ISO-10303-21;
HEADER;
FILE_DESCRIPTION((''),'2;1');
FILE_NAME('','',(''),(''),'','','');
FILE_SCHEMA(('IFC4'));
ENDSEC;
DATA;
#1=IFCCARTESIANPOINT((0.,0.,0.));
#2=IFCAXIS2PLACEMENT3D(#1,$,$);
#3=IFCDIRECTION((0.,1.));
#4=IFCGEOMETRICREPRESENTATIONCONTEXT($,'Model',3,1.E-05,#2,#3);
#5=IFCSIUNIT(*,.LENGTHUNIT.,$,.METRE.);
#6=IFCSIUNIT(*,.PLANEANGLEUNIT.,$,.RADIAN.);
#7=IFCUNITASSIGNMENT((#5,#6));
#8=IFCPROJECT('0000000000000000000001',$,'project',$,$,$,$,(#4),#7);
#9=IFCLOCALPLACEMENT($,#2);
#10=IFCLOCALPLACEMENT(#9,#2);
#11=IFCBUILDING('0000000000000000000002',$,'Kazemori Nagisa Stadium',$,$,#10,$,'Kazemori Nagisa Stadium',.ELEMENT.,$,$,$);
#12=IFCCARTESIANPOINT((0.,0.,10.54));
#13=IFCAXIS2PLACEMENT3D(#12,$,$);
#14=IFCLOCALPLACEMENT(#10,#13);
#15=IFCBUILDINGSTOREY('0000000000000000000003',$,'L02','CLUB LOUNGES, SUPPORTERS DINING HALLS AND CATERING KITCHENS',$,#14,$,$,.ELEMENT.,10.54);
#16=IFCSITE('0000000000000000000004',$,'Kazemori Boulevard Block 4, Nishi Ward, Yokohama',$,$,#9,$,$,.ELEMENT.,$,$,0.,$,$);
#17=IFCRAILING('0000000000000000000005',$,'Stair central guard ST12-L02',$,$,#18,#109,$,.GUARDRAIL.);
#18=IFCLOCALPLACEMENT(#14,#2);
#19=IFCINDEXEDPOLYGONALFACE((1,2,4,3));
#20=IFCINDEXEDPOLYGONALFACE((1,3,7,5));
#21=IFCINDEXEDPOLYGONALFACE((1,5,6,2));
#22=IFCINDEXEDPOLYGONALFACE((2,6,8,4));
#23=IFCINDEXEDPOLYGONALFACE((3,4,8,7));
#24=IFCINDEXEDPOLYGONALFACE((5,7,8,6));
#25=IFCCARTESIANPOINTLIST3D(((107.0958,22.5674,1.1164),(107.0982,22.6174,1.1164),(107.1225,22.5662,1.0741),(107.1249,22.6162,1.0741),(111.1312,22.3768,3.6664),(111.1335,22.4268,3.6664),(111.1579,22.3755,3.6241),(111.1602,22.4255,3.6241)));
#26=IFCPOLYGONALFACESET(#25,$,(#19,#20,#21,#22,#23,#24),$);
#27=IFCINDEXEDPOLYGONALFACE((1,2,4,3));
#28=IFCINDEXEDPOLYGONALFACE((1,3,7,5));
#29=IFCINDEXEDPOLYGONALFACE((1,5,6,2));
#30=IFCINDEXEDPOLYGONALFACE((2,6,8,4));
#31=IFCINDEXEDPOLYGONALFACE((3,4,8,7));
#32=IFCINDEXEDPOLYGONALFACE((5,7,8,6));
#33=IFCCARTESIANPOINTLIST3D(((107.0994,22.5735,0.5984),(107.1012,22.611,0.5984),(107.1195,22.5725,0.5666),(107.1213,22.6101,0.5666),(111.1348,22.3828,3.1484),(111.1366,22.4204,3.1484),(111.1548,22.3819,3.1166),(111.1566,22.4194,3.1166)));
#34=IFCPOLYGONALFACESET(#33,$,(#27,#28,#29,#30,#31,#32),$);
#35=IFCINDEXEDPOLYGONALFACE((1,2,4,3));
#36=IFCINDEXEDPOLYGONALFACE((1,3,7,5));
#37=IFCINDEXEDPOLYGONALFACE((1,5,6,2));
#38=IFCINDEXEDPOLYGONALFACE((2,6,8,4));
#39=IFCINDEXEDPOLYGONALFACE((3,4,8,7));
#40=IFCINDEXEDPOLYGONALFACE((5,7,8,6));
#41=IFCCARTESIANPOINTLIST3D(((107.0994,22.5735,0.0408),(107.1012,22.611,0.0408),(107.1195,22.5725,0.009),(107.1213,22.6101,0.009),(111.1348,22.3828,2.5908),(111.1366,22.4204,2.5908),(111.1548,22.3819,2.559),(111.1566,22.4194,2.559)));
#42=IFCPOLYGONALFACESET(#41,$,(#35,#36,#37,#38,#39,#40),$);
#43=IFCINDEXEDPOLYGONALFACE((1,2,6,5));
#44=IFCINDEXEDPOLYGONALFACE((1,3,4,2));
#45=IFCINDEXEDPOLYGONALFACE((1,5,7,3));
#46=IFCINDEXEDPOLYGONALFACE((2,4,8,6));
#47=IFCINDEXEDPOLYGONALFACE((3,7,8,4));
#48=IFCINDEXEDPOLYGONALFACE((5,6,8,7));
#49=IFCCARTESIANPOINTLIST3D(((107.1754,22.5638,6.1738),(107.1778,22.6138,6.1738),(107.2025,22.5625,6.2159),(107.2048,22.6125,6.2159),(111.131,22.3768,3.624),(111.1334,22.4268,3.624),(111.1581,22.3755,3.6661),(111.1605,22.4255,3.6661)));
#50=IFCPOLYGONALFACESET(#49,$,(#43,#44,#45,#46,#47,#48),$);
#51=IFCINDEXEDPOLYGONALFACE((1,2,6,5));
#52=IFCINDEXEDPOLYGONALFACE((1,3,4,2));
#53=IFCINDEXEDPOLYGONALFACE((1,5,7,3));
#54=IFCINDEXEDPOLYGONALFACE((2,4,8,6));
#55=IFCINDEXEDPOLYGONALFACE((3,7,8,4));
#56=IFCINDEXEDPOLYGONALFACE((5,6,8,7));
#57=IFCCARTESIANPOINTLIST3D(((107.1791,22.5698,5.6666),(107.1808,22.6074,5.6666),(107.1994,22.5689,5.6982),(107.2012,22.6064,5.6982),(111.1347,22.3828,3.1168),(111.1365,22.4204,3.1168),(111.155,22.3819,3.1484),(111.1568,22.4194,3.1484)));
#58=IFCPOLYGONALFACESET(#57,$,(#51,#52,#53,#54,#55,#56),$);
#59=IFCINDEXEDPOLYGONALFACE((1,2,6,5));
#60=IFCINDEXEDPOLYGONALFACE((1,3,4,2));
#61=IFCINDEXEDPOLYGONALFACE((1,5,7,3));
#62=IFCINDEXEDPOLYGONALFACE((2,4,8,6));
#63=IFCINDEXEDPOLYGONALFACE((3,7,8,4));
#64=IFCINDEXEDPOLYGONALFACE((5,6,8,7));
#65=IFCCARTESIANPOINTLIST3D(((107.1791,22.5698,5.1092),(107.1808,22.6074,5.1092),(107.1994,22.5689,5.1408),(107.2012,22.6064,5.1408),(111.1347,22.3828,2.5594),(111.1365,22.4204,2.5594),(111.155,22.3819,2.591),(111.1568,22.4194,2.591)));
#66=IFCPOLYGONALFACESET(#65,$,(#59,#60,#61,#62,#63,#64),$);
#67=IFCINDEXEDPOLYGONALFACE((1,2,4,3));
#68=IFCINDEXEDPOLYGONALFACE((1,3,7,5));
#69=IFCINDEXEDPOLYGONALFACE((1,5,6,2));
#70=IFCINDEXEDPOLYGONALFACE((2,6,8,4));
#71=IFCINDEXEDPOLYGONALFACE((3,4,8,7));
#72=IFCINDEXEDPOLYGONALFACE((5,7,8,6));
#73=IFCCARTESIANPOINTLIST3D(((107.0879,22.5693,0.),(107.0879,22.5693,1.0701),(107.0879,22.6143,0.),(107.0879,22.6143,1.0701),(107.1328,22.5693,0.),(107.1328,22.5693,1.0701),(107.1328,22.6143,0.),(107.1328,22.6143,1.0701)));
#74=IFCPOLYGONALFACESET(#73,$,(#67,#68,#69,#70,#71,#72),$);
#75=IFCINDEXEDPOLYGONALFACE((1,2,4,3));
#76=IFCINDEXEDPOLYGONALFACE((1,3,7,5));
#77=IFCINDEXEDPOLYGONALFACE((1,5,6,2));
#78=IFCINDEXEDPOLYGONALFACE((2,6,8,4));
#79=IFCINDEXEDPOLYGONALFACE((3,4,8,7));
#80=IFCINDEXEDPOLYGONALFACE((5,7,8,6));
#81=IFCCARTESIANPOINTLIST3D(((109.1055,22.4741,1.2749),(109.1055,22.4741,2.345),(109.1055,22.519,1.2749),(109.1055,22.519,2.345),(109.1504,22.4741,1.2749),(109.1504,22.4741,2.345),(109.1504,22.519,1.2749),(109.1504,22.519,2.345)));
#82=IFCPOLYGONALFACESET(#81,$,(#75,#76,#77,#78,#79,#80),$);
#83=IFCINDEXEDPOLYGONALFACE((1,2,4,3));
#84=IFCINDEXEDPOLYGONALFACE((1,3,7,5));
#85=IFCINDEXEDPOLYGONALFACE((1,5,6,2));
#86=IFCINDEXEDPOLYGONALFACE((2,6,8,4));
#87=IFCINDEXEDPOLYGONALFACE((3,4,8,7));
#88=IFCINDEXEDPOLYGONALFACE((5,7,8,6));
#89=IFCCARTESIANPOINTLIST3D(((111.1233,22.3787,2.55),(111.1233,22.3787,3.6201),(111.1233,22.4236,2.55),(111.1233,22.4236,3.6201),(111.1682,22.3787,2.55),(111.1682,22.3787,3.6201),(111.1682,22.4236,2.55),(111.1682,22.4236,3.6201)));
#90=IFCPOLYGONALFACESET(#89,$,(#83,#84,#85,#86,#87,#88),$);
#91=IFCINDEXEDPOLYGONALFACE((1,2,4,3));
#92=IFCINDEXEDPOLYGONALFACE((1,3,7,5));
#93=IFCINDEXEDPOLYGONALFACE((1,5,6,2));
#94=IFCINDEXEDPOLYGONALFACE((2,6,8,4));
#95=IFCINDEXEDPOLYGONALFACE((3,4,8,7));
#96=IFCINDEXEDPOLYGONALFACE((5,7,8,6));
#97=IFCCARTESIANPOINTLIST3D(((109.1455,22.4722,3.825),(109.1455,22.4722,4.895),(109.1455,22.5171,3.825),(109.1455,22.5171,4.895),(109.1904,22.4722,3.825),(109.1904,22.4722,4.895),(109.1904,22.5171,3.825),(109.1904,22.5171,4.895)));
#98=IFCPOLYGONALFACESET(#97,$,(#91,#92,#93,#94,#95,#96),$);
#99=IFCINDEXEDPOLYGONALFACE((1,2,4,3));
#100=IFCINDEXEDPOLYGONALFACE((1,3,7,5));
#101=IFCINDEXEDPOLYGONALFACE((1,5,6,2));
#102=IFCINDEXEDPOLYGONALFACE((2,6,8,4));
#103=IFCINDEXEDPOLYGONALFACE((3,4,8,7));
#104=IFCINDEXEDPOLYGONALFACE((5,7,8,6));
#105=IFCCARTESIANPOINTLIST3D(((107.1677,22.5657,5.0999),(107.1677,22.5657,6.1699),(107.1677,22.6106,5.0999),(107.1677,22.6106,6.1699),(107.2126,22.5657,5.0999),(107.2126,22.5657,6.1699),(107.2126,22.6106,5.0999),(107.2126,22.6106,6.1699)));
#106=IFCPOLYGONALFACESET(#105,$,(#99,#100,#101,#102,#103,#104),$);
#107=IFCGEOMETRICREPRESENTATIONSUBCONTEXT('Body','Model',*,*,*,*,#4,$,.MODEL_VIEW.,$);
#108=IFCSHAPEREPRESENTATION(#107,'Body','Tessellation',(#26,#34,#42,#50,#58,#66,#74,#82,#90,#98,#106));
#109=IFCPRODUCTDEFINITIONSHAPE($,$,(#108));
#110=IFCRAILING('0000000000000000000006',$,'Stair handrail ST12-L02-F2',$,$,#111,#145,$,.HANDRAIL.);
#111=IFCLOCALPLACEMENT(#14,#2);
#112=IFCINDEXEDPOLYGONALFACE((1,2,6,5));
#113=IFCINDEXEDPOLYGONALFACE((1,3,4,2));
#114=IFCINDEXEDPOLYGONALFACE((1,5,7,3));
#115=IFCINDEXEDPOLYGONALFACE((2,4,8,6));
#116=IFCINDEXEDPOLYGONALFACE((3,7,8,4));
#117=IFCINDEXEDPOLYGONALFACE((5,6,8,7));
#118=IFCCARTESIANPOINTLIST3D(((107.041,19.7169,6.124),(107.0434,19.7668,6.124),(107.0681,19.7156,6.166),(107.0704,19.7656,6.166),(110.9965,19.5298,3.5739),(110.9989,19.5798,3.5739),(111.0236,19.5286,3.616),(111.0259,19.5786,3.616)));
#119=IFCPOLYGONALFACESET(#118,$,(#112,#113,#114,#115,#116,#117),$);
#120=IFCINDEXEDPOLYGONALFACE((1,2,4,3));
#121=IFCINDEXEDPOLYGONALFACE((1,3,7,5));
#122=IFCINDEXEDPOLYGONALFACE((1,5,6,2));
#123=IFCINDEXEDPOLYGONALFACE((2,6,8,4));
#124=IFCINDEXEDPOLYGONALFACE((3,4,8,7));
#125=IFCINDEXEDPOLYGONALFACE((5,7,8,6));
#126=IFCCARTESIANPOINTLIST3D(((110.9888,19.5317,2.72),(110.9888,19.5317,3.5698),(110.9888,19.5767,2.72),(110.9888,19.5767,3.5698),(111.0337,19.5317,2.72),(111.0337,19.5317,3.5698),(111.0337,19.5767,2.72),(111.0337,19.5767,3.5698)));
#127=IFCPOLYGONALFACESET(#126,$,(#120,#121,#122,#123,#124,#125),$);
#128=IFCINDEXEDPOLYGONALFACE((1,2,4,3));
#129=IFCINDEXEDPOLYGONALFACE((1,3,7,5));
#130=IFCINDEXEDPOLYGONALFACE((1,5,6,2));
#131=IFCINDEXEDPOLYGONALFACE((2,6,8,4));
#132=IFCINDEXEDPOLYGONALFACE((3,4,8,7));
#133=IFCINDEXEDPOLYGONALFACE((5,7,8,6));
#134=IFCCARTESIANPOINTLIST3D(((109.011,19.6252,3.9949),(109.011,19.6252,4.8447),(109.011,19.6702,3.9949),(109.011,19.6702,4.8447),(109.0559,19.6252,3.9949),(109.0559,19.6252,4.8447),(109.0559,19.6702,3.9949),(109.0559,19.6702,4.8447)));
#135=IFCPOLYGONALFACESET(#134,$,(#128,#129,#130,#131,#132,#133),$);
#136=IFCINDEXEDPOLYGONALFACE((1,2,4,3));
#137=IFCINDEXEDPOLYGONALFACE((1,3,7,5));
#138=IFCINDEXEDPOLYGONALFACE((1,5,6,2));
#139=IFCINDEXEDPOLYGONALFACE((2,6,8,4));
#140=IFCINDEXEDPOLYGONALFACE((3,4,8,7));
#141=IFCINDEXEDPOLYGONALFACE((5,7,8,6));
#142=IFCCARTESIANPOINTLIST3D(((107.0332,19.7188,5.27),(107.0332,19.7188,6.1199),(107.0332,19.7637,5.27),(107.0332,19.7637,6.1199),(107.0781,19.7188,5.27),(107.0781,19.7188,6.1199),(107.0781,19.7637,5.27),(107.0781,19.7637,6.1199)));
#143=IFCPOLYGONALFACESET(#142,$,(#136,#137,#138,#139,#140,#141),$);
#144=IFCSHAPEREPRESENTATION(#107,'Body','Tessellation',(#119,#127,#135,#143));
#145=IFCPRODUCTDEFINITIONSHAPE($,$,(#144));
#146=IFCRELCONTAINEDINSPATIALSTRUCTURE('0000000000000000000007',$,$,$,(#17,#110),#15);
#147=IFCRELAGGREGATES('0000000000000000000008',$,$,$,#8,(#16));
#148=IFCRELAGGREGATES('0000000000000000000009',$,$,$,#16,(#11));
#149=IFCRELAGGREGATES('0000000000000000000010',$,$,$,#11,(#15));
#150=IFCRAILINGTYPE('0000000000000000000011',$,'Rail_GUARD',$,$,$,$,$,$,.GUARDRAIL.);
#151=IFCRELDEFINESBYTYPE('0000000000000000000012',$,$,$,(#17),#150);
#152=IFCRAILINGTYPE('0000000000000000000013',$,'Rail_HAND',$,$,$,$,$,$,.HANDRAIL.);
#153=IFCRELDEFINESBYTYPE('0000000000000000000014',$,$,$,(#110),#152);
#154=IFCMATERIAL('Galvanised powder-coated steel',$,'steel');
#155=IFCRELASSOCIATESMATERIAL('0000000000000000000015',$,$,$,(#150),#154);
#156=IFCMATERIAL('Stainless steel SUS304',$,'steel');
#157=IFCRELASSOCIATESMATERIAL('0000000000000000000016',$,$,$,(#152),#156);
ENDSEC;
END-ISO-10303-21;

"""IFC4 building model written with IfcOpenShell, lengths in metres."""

from ifc_helpers import new_model, si_unit, direction, frame, origin, origin_2d, place, context, subcontext, project, spatial, rectangle, extrude, material, type_object, element, save


model = new_model("IFC4")

# Units and contexts
model_context = context("Model", 3, precision=1e-05, world=origin(), true_north=direction((0.0, 1.0)))
body_context = subcontext(model_context, "Body", "Model", "MODEL_VIEW")
ifc_project = project(units=[si_unit("LENGTHUNIT", "METRE"), si_unit("PLANEANGLEUNIT", "RADIAN")], contexts=[model_context])

# Site, building, storey
site_placement = place(None, origin())
site = spatial("IfcSite", under=ifc_project, at=site_placement, Name="Kazemori Boulevard Block 4, Nishi Ward, Yokohama", CompositionType="ELEMENT", RefElevation=0.0)
building_placement = place(site_placement, origin())
building = spatial("IfcBuilding", under=site, at=building_placement, Name="Kazemori Nagisa Stadium", LongName="Kazemori Nagisa Stadium", CompositionType="ELEMENT")
storey_placement = place(building_placement, frame((0.0, 0.0, 10.54)))
storey = spatial("IfcBuildingStorey", under=building, at=storey_placement, Name="L02", Description="CLUB LOUNGES, SUPPORTERS DINING HALLS AND CATERING KITCHENS", CompositionType="ELEMENT", Elevation=10.54)

# Railings
ifc_material_1 = material(Name="Galvanised powder-coated steel", Category="steel")
railing_type_1 = type_object("IfcRailingType", Name="Rail_GUARD", PredefinedType="GUARDRAIL", material=ifc_material_1)
railing_1_placement = place(storey_placement, frame((107.1104, 22.5918, 0.0)))
element("IfcRailing", 1, at=railing_1_placement, inside=storey, type_object=railing_type_1, Name="Stair central guard ST12-L02", PredefinedType="GUARDRAIL", context=body_context, shape_type="SweptSolid", body=[
    extrude(rectangle(XDim=0.05, YDim=0.05, at=origin_2d()), frame((0.0, 0.0, 1.0952), z_axis=(0.844685, -0.039912, 0.533773), x_axis=(0.047198, 0.998886, 0.0)), (0.0, 0.0, 1.0), 4.7773),
    extrude(rectangle(XDim=0.0376, YDim=0.0376, at=origin_2d()), frame((0.0, 0.0, 0.5825), z_axis=(0.844685, -0.039912, 0.533773), x_axis=(0.047198, 0.998886, 0.0)), (0.0, 0.0, 1.0), 4.7773),
    extrude(rectangle(XDim=0.0376, YDim=0.0376, at=origin_2d()), frame((0.0, 0.0, 0.0249), z_axis=(0.844685, -0.039912, 0.533773), x_axis=(0.047198, 0.998886, 0.0)), (0.0, 0.0, 1.0), 4.7773),
    extrude(rectangle(XDim=0.05, YDim=0.05, at=origin_2d()), frame((4.0354, -0.1907, 3.645), z_axis=(-0.839844, 0.039706, 0.541373), x_axis=(-0.047225, -0.998884, 0.0)), (0.0, 0.0, 1.0), 4.71),
    extrude(rectangle(XDim=0.0376, YDim=0.0376, at=origin_2d()), frame((4.0354, -0.1907, 3.1326), z_axis=(-0.839844, 0.039706, 0.541373), x_axis=(-0.047225, -0.998884, 0.0)), (0.0, 0.0, 1.0), 4.71),
    extrude(rectangle(XDim=0.0376, YDim=0.0376, at=origin_2d()), frame((4.0354, -0.1907, 2.5752), z_axis=(-0.839844, 0.039706, 0.541373), x_axis=(-0.047225, -0.998884, 0.0)), (0.0, 0.0, 1.0), 4.71),
    extrude(rectangle(XDim=0.0449, YDim=0.0449, at=origin_2d()), origin(), (0.0, 0.0, 1.0), 1.0701),
    extrude(rectangle(XDim=0.0449, YDim=0.0449, at=origin_2d()), frame((2.0176, -0.0952, 1.2749)), (0.0, 0.0, 1.0), 1.0701),
    extrude(rectangle(XDim=0.0449, YDim=0.0449, at=origin_2d()), frame((4.0354, -0.1907, 2.55)), (0.0, 0.0, 1.0), 1.0701),
    extrude(rectangle(XDim=0.0449, YDim=0.0449, at=origin_2d()), frame((2.0576, -0.0972, 3.825)), (0.0, 0.0, 1.0), 1.0701),
    extrude(rectangle(XDim=0.0449, YDim=0.0449, at=origin_2d()), frame((0.0798, -0.0037, 5.0999)), (0.0, 0.0, 1.0), 1.0701),
])
ifc_material_2 = material(Name="Stainless steel SUS304", Category="steel")
railing_type_2 = type_object("IfcRailingType", Name="Rail_HAND", PredefinedType="HANDRAIL", material=ifc_material_2)
railing_2_placement = place(storey_placement, frame((111.0112, 19.5542, 2.72)))
element("IfcRailing", 2, at=railing_2_placement, inside=storey, type_object=railing_type_2, Name="Stair handrail ST12-L02-F2", PredefinedType="HANDRAIL", context=body_context, shape_type="SweptSolid", body=[
    extrude(rectangle(XDim=0.05, YDim=0.05, at=origin_2d()), frame((0.0, 0.0, 0.875), z_axis=(-0.839821, 0.039705, 0.54141), x_axis=(-0.047225, -0.998884, 0.0)), (0.0, 0.0, 1.0), 4.71),
    extrude(rectangle(XDim=0.0449, YDim=0.0449, at=origin_2d()), origin(), (0.0, 0.0, 1.0), 0.8499),
    extrude(rectangle(XDim=0.0449, YDim=0.0449, at=origin_2d()), frame((-1.9778, 0.0935, 1.2749)), (0.0, 0.0, 1.0), 0.8499),
    extrude(rectangle(XDim=0.0449, YDim=0.0449, at=origin_2d()), frame((-3.9556, 0.187, 2.55)), (0.0, 0.0, 1.0), 0.8499),
])

save(model, "model.ifc")
